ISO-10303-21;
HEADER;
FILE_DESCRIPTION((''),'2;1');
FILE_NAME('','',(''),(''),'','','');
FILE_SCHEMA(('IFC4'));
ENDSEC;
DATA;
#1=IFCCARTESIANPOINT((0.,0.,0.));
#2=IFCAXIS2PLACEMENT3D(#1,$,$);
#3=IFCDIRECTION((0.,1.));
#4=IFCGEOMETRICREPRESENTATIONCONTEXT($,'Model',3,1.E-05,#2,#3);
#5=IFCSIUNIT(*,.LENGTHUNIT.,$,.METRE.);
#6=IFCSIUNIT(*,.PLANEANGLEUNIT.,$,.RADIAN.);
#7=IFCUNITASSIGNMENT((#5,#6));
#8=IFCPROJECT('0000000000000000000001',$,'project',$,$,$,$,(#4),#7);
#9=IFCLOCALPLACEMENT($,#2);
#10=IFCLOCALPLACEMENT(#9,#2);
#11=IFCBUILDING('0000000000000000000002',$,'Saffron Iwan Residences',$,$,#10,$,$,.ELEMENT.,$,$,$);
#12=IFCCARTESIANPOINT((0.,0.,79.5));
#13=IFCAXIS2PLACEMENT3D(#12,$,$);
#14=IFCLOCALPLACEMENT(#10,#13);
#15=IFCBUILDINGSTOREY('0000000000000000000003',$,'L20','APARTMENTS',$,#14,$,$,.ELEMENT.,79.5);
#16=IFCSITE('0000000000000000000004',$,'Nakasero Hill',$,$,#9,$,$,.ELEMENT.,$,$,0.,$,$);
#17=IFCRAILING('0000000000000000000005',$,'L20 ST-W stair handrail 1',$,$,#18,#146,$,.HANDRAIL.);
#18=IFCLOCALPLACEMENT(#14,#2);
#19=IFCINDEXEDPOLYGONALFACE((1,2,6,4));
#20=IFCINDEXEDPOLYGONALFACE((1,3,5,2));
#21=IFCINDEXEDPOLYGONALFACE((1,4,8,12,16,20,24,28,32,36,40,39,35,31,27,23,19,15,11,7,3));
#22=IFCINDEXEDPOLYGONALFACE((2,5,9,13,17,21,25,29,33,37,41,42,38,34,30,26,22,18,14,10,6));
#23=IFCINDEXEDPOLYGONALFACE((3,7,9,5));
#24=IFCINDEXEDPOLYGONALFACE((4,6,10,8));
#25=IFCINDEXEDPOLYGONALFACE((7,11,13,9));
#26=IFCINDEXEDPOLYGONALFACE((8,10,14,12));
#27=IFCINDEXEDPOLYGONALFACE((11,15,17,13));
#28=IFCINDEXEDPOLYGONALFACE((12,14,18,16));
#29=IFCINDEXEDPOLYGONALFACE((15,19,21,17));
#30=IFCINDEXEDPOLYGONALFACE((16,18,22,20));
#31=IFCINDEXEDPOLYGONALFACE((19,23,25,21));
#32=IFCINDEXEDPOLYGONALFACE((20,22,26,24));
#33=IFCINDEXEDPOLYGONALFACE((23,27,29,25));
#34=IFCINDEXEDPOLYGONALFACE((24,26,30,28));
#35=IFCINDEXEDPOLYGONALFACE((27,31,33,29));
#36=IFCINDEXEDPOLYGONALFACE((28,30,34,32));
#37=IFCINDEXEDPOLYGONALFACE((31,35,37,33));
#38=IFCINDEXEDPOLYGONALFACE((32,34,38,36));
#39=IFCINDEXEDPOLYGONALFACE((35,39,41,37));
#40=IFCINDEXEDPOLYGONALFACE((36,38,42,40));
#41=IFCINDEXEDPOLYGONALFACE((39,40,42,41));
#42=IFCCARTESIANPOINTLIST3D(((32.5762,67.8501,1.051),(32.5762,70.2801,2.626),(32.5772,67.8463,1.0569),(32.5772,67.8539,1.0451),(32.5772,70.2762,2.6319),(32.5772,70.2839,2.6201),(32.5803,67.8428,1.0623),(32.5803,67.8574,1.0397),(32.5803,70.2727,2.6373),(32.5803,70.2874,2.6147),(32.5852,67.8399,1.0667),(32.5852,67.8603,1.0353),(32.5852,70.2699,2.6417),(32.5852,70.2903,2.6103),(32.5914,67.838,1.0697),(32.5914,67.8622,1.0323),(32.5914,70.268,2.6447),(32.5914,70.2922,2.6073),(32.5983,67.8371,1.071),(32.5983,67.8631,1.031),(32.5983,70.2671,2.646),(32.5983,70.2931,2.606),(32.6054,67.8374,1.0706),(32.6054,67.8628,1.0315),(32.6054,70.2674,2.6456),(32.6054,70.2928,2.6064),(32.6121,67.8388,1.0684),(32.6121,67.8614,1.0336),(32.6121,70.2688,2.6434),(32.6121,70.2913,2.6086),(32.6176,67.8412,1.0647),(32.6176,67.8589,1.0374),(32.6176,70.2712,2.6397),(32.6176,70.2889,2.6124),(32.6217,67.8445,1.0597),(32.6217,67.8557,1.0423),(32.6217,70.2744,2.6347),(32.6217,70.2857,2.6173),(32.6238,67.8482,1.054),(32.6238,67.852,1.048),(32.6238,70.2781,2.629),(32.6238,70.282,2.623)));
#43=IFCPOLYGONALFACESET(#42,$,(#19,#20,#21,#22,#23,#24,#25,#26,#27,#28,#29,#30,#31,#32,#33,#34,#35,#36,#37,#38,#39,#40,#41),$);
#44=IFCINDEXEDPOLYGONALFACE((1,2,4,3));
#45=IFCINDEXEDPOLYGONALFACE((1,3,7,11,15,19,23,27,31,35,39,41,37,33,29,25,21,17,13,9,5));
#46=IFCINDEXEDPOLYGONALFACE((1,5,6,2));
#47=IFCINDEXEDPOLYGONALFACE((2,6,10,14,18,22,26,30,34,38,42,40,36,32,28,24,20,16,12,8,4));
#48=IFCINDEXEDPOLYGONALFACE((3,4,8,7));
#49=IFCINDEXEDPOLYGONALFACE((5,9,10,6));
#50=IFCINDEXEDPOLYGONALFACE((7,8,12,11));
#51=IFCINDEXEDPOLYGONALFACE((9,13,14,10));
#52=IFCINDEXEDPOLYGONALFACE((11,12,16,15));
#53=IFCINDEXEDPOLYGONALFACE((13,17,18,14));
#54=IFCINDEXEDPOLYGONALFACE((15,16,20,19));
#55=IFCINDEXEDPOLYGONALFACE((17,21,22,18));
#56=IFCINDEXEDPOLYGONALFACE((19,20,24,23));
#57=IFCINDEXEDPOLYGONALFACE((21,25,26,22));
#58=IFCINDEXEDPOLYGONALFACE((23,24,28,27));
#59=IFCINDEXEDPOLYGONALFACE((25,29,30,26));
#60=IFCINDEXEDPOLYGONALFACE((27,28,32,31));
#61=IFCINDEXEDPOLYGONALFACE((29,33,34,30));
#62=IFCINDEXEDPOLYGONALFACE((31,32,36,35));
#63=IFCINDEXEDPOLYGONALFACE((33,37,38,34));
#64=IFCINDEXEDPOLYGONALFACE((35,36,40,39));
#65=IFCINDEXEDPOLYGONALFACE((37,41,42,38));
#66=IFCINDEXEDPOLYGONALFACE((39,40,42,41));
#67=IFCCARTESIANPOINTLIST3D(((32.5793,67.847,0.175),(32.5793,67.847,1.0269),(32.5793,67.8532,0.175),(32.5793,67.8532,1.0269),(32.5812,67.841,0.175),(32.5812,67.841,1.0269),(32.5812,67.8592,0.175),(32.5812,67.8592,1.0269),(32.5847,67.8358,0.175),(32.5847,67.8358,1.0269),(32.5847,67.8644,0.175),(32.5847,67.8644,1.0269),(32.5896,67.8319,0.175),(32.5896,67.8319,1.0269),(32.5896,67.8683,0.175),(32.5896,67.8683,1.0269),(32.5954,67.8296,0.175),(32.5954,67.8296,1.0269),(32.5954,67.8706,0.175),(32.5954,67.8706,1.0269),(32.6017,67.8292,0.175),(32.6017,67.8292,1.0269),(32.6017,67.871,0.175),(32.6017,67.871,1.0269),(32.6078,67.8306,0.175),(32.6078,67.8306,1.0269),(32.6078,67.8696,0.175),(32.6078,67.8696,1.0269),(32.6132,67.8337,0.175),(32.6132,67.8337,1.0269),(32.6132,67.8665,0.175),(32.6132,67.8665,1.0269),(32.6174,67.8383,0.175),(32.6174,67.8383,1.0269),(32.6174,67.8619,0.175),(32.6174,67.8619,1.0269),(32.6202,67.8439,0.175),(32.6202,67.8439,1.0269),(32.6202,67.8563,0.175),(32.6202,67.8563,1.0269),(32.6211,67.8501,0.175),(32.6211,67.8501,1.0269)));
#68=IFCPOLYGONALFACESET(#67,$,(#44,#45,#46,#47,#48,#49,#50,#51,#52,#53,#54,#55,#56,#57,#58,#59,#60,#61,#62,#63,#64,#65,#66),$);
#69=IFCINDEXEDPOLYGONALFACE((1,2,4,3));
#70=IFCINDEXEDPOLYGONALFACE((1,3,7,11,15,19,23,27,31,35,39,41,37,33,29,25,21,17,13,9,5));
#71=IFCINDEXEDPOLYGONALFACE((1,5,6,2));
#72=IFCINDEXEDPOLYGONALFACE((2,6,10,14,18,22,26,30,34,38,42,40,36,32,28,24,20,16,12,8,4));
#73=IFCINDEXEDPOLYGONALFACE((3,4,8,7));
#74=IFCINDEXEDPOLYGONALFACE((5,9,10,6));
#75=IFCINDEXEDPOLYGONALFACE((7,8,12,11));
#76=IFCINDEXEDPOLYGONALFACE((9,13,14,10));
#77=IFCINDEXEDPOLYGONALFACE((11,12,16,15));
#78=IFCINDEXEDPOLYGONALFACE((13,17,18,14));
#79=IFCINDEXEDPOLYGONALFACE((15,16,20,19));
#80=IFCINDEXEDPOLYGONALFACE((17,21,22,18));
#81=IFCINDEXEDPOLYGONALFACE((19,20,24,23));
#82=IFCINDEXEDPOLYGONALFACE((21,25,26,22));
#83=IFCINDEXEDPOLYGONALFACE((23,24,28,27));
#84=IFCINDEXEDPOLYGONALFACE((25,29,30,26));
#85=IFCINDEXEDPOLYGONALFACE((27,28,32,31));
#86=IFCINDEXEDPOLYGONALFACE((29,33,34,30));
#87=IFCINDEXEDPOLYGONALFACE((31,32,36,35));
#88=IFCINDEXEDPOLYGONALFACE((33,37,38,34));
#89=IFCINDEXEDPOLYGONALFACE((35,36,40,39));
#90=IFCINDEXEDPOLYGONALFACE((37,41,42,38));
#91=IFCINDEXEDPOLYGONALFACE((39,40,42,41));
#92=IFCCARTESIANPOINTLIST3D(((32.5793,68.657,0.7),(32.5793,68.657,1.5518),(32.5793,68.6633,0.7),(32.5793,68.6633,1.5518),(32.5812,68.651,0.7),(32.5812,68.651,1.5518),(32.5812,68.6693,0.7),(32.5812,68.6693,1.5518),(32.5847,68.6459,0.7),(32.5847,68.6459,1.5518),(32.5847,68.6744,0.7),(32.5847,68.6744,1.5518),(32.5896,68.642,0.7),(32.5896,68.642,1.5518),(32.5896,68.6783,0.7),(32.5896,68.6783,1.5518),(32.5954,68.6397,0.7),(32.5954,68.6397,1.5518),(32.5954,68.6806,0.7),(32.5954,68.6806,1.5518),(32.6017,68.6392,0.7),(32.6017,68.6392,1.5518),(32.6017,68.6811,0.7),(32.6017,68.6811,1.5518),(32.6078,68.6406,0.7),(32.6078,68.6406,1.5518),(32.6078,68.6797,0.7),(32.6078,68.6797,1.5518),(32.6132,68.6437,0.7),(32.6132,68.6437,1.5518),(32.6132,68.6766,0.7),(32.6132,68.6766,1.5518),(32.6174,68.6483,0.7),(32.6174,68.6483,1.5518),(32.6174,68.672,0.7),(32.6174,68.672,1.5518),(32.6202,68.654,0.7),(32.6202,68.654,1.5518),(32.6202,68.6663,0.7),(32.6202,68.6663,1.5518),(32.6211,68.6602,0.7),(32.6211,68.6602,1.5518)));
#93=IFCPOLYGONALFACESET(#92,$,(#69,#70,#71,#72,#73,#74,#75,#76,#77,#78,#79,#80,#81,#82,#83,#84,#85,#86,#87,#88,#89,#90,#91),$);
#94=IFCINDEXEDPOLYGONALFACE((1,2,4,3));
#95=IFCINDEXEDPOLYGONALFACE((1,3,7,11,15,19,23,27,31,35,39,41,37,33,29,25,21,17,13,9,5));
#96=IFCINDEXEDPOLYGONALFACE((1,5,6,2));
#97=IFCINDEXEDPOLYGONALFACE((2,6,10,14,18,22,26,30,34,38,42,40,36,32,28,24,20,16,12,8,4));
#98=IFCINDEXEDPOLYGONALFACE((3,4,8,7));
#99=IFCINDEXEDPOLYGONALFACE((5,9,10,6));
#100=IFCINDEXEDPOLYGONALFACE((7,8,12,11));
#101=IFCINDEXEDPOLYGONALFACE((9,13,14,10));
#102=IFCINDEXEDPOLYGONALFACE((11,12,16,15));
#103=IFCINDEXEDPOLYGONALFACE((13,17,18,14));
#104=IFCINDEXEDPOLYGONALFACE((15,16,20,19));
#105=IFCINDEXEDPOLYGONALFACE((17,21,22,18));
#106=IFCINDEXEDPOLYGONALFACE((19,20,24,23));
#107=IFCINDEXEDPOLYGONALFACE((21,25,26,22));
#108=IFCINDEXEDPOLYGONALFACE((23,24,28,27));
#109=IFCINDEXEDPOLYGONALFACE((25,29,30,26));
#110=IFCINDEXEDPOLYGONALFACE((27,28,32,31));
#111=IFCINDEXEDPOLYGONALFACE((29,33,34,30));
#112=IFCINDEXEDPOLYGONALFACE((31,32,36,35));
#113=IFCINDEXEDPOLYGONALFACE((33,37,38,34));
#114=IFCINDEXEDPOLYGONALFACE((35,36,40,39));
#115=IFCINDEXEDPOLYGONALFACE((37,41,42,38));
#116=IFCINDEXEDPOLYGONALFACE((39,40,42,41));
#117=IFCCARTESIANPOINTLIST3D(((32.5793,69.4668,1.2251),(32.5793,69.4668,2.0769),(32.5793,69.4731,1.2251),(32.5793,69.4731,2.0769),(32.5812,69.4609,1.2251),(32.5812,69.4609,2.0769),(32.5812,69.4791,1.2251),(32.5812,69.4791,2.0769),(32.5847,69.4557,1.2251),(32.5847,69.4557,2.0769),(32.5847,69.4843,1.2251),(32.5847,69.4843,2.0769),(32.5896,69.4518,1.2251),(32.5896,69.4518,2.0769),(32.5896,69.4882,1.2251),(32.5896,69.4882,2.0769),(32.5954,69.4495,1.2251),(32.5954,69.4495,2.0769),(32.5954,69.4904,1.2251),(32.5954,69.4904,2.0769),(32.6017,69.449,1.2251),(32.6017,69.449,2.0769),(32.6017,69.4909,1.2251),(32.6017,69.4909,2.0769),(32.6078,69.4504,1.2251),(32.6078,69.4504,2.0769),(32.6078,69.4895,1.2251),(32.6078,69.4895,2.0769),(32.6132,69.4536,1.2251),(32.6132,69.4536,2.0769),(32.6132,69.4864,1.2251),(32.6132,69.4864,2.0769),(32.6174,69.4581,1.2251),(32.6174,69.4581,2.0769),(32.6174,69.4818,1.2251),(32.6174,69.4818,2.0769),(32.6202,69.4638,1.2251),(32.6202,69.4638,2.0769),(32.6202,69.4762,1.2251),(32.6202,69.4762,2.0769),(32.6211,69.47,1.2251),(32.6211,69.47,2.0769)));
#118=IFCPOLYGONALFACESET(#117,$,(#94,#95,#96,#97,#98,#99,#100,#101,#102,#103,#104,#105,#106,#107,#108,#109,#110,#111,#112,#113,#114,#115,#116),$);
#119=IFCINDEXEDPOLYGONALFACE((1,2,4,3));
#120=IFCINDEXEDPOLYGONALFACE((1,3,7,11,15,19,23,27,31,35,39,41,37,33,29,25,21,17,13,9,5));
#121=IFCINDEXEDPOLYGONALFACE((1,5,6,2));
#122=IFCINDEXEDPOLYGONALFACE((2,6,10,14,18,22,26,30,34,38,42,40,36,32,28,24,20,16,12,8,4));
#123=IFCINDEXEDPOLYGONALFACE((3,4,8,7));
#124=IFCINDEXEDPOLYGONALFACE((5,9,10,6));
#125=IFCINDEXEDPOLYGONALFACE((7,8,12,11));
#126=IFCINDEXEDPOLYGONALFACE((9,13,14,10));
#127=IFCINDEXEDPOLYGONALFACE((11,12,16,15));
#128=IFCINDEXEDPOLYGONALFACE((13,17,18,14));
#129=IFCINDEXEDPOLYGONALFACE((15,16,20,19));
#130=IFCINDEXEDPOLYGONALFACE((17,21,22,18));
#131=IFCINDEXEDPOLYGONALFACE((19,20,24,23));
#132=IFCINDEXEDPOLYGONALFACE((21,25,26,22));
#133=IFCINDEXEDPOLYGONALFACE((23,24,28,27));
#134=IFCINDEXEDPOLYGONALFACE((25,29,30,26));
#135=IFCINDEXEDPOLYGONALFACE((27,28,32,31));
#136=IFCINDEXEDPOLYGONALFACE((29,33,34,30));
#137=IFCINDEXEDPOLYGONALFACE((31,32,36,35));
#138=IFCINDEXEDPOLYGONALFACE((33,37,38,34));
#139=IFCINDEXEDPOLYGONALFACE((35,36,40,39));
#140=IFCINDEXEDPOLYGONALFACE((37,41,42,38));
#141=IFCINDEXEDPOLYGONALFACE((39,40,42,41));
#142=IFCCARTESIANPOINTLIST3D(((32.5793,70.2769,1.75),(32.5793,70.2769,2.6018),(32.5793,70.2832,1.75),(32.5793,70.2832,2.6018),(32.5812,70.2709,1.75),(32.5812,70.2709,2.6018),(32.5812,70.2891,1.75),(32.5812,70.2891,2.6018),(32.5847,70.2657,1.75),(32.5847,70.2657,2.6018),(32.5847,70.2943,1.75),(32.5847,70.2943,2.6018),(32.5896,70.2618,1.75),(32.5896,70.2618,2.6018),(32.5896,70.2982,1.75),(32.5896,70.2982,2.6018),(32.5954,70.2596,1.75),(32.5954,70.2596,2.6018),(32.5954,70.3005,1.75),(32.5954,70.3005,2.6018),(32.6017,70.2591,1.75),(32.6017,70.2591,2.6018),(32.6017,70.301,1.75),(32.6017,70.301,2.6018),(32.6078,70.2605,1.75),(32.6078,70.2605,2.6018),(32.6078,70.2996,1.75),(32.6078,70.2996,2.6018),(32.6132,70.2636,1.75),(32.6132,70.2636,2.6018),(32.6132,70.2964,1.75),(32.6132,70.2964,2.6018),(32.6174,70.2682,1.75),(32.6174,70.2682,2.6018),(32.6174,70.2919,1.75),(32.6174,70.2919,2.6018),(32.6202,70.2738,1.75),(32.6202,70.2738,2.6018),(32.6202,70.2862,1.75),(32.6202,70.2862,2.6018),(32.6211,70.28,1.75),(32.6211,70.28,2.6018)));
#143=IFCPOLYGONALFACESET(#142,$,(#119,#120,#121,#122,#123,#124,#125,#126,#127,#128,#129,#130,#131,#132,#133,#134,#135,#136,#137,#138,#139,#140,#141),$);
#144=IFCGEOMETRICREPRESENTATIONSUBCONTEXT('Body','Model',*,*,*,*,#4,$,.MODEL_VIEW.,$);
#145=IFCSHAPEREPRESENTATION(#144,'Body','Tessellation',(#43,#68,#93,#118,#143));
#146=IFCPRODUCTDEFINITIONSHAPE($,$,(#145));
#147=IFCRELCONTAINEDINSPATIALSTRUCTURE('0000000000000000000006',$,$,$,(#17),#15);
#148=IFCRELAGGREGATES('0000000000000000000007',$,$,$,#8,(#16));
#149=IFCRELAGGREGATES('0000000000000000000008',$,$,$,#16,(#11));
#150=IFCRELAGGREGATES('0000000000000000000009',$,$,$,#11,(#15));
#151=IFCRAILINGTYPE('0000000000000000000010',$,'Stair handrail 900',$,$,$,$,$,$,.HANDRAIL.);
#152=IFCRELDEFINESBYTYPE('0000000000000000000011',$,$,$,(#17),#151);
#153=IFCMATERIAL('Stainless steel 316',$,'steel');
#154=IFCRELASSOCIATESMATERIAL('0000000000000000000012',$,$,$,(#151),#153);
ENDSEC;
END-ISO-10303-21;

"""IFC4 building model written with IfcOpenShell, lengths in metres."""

from ifc_helpers import new_model, si_unit, direction, frame, origin, origin_2d, place, context, subcontext, project, spatial, circle, extrude, material, type_object, element, save


model = new_model("IFC4")

# Units and contexts
model_context = context("Model", 3, precision=1e-05, world=origin(), true_north=direction((0.0, 1.0)))
body_context = subcontext(model_context, "Body", "Model", "MODEL_VIEW")
ifc_project = project(units=[si_unit("LENGTHUNIT", "METRE"), si_unit("PLANEANGLEUNIT", "RADIAN")], contexts=[model_context])

# Site, building, storey
site_placement = place(None, origin())
site = spatial("IfcSite", under=ifc_project, at=site_placement, Name="Nakasero Hill", CompositionType="ELEMENT", RefElevation=0.0)
building_placement = place(site_placement, origin())
building = spatial("IfcBuilding", under=site, at=building_placement, Name="Saffron Iwan Residences", CompositionType="ELEMENT")
storey_placement = place(building_placement, frame((0.0, 0.0, 79.5)))
storey = spatial("IfcBuildingStorey", under=building, at=storey_placement, Name="L20", Description="APARTMENTS", CompositionType="ELEMENT", Elevation=79.5)

# Railing
ifc_material_1 = material(Name="Stainless steel 316", Category="steel")
railing_type_1 = type_object("IfcRailingType", Name="Stair handrail 900", PredefinedType="HANDRAIL", material=ifc_material_1)
railing_1_placement = place(storey_placement, frame((32.6001, 67.8501, 0.175)))
element("IfcRailing", 1, at=railing_1_placement, inside=storey, type_object=railing_type_1, Name="L20 ST-W stair handrail 1", PredefinedType="HANDRAIL", context=body_context, shape_type="SweptSolid", body=[
    extrude(circle(Radius=0.0239, at=origin_2d()), frame((0.0, 0.0, 0.876), z_axis=(0.0, 0.839154, 0.543894), x_axis=(-1.0, 0.0, 0.0)), (0.0, 0.0, 1.0), 2.8958),
    extrude(circle(Radius=0.021, at=origin_2d()), origin(), (0.0, 0.0, 1.0), 0.8518),
    extrude(circle(Radius=0.021, at=origin_2d()), frame((0.0, 0.8101, 0.5249)), (0.0, 0.0, 1.0), 0.8518),
    extrude(circle(Radius=0.021, at=origin_2d()), frame((0.0, 1.6199, 1.05)), (0.0, 0.0, 1.0), 0.8518),
    extrude(circle(Radius=0.021, at=origin_2d()), frame((0.0, 2.4299, 1.575)), (0.0, 0.0, 1.0), 0.8518),
])

save(model, "model.ifc")
